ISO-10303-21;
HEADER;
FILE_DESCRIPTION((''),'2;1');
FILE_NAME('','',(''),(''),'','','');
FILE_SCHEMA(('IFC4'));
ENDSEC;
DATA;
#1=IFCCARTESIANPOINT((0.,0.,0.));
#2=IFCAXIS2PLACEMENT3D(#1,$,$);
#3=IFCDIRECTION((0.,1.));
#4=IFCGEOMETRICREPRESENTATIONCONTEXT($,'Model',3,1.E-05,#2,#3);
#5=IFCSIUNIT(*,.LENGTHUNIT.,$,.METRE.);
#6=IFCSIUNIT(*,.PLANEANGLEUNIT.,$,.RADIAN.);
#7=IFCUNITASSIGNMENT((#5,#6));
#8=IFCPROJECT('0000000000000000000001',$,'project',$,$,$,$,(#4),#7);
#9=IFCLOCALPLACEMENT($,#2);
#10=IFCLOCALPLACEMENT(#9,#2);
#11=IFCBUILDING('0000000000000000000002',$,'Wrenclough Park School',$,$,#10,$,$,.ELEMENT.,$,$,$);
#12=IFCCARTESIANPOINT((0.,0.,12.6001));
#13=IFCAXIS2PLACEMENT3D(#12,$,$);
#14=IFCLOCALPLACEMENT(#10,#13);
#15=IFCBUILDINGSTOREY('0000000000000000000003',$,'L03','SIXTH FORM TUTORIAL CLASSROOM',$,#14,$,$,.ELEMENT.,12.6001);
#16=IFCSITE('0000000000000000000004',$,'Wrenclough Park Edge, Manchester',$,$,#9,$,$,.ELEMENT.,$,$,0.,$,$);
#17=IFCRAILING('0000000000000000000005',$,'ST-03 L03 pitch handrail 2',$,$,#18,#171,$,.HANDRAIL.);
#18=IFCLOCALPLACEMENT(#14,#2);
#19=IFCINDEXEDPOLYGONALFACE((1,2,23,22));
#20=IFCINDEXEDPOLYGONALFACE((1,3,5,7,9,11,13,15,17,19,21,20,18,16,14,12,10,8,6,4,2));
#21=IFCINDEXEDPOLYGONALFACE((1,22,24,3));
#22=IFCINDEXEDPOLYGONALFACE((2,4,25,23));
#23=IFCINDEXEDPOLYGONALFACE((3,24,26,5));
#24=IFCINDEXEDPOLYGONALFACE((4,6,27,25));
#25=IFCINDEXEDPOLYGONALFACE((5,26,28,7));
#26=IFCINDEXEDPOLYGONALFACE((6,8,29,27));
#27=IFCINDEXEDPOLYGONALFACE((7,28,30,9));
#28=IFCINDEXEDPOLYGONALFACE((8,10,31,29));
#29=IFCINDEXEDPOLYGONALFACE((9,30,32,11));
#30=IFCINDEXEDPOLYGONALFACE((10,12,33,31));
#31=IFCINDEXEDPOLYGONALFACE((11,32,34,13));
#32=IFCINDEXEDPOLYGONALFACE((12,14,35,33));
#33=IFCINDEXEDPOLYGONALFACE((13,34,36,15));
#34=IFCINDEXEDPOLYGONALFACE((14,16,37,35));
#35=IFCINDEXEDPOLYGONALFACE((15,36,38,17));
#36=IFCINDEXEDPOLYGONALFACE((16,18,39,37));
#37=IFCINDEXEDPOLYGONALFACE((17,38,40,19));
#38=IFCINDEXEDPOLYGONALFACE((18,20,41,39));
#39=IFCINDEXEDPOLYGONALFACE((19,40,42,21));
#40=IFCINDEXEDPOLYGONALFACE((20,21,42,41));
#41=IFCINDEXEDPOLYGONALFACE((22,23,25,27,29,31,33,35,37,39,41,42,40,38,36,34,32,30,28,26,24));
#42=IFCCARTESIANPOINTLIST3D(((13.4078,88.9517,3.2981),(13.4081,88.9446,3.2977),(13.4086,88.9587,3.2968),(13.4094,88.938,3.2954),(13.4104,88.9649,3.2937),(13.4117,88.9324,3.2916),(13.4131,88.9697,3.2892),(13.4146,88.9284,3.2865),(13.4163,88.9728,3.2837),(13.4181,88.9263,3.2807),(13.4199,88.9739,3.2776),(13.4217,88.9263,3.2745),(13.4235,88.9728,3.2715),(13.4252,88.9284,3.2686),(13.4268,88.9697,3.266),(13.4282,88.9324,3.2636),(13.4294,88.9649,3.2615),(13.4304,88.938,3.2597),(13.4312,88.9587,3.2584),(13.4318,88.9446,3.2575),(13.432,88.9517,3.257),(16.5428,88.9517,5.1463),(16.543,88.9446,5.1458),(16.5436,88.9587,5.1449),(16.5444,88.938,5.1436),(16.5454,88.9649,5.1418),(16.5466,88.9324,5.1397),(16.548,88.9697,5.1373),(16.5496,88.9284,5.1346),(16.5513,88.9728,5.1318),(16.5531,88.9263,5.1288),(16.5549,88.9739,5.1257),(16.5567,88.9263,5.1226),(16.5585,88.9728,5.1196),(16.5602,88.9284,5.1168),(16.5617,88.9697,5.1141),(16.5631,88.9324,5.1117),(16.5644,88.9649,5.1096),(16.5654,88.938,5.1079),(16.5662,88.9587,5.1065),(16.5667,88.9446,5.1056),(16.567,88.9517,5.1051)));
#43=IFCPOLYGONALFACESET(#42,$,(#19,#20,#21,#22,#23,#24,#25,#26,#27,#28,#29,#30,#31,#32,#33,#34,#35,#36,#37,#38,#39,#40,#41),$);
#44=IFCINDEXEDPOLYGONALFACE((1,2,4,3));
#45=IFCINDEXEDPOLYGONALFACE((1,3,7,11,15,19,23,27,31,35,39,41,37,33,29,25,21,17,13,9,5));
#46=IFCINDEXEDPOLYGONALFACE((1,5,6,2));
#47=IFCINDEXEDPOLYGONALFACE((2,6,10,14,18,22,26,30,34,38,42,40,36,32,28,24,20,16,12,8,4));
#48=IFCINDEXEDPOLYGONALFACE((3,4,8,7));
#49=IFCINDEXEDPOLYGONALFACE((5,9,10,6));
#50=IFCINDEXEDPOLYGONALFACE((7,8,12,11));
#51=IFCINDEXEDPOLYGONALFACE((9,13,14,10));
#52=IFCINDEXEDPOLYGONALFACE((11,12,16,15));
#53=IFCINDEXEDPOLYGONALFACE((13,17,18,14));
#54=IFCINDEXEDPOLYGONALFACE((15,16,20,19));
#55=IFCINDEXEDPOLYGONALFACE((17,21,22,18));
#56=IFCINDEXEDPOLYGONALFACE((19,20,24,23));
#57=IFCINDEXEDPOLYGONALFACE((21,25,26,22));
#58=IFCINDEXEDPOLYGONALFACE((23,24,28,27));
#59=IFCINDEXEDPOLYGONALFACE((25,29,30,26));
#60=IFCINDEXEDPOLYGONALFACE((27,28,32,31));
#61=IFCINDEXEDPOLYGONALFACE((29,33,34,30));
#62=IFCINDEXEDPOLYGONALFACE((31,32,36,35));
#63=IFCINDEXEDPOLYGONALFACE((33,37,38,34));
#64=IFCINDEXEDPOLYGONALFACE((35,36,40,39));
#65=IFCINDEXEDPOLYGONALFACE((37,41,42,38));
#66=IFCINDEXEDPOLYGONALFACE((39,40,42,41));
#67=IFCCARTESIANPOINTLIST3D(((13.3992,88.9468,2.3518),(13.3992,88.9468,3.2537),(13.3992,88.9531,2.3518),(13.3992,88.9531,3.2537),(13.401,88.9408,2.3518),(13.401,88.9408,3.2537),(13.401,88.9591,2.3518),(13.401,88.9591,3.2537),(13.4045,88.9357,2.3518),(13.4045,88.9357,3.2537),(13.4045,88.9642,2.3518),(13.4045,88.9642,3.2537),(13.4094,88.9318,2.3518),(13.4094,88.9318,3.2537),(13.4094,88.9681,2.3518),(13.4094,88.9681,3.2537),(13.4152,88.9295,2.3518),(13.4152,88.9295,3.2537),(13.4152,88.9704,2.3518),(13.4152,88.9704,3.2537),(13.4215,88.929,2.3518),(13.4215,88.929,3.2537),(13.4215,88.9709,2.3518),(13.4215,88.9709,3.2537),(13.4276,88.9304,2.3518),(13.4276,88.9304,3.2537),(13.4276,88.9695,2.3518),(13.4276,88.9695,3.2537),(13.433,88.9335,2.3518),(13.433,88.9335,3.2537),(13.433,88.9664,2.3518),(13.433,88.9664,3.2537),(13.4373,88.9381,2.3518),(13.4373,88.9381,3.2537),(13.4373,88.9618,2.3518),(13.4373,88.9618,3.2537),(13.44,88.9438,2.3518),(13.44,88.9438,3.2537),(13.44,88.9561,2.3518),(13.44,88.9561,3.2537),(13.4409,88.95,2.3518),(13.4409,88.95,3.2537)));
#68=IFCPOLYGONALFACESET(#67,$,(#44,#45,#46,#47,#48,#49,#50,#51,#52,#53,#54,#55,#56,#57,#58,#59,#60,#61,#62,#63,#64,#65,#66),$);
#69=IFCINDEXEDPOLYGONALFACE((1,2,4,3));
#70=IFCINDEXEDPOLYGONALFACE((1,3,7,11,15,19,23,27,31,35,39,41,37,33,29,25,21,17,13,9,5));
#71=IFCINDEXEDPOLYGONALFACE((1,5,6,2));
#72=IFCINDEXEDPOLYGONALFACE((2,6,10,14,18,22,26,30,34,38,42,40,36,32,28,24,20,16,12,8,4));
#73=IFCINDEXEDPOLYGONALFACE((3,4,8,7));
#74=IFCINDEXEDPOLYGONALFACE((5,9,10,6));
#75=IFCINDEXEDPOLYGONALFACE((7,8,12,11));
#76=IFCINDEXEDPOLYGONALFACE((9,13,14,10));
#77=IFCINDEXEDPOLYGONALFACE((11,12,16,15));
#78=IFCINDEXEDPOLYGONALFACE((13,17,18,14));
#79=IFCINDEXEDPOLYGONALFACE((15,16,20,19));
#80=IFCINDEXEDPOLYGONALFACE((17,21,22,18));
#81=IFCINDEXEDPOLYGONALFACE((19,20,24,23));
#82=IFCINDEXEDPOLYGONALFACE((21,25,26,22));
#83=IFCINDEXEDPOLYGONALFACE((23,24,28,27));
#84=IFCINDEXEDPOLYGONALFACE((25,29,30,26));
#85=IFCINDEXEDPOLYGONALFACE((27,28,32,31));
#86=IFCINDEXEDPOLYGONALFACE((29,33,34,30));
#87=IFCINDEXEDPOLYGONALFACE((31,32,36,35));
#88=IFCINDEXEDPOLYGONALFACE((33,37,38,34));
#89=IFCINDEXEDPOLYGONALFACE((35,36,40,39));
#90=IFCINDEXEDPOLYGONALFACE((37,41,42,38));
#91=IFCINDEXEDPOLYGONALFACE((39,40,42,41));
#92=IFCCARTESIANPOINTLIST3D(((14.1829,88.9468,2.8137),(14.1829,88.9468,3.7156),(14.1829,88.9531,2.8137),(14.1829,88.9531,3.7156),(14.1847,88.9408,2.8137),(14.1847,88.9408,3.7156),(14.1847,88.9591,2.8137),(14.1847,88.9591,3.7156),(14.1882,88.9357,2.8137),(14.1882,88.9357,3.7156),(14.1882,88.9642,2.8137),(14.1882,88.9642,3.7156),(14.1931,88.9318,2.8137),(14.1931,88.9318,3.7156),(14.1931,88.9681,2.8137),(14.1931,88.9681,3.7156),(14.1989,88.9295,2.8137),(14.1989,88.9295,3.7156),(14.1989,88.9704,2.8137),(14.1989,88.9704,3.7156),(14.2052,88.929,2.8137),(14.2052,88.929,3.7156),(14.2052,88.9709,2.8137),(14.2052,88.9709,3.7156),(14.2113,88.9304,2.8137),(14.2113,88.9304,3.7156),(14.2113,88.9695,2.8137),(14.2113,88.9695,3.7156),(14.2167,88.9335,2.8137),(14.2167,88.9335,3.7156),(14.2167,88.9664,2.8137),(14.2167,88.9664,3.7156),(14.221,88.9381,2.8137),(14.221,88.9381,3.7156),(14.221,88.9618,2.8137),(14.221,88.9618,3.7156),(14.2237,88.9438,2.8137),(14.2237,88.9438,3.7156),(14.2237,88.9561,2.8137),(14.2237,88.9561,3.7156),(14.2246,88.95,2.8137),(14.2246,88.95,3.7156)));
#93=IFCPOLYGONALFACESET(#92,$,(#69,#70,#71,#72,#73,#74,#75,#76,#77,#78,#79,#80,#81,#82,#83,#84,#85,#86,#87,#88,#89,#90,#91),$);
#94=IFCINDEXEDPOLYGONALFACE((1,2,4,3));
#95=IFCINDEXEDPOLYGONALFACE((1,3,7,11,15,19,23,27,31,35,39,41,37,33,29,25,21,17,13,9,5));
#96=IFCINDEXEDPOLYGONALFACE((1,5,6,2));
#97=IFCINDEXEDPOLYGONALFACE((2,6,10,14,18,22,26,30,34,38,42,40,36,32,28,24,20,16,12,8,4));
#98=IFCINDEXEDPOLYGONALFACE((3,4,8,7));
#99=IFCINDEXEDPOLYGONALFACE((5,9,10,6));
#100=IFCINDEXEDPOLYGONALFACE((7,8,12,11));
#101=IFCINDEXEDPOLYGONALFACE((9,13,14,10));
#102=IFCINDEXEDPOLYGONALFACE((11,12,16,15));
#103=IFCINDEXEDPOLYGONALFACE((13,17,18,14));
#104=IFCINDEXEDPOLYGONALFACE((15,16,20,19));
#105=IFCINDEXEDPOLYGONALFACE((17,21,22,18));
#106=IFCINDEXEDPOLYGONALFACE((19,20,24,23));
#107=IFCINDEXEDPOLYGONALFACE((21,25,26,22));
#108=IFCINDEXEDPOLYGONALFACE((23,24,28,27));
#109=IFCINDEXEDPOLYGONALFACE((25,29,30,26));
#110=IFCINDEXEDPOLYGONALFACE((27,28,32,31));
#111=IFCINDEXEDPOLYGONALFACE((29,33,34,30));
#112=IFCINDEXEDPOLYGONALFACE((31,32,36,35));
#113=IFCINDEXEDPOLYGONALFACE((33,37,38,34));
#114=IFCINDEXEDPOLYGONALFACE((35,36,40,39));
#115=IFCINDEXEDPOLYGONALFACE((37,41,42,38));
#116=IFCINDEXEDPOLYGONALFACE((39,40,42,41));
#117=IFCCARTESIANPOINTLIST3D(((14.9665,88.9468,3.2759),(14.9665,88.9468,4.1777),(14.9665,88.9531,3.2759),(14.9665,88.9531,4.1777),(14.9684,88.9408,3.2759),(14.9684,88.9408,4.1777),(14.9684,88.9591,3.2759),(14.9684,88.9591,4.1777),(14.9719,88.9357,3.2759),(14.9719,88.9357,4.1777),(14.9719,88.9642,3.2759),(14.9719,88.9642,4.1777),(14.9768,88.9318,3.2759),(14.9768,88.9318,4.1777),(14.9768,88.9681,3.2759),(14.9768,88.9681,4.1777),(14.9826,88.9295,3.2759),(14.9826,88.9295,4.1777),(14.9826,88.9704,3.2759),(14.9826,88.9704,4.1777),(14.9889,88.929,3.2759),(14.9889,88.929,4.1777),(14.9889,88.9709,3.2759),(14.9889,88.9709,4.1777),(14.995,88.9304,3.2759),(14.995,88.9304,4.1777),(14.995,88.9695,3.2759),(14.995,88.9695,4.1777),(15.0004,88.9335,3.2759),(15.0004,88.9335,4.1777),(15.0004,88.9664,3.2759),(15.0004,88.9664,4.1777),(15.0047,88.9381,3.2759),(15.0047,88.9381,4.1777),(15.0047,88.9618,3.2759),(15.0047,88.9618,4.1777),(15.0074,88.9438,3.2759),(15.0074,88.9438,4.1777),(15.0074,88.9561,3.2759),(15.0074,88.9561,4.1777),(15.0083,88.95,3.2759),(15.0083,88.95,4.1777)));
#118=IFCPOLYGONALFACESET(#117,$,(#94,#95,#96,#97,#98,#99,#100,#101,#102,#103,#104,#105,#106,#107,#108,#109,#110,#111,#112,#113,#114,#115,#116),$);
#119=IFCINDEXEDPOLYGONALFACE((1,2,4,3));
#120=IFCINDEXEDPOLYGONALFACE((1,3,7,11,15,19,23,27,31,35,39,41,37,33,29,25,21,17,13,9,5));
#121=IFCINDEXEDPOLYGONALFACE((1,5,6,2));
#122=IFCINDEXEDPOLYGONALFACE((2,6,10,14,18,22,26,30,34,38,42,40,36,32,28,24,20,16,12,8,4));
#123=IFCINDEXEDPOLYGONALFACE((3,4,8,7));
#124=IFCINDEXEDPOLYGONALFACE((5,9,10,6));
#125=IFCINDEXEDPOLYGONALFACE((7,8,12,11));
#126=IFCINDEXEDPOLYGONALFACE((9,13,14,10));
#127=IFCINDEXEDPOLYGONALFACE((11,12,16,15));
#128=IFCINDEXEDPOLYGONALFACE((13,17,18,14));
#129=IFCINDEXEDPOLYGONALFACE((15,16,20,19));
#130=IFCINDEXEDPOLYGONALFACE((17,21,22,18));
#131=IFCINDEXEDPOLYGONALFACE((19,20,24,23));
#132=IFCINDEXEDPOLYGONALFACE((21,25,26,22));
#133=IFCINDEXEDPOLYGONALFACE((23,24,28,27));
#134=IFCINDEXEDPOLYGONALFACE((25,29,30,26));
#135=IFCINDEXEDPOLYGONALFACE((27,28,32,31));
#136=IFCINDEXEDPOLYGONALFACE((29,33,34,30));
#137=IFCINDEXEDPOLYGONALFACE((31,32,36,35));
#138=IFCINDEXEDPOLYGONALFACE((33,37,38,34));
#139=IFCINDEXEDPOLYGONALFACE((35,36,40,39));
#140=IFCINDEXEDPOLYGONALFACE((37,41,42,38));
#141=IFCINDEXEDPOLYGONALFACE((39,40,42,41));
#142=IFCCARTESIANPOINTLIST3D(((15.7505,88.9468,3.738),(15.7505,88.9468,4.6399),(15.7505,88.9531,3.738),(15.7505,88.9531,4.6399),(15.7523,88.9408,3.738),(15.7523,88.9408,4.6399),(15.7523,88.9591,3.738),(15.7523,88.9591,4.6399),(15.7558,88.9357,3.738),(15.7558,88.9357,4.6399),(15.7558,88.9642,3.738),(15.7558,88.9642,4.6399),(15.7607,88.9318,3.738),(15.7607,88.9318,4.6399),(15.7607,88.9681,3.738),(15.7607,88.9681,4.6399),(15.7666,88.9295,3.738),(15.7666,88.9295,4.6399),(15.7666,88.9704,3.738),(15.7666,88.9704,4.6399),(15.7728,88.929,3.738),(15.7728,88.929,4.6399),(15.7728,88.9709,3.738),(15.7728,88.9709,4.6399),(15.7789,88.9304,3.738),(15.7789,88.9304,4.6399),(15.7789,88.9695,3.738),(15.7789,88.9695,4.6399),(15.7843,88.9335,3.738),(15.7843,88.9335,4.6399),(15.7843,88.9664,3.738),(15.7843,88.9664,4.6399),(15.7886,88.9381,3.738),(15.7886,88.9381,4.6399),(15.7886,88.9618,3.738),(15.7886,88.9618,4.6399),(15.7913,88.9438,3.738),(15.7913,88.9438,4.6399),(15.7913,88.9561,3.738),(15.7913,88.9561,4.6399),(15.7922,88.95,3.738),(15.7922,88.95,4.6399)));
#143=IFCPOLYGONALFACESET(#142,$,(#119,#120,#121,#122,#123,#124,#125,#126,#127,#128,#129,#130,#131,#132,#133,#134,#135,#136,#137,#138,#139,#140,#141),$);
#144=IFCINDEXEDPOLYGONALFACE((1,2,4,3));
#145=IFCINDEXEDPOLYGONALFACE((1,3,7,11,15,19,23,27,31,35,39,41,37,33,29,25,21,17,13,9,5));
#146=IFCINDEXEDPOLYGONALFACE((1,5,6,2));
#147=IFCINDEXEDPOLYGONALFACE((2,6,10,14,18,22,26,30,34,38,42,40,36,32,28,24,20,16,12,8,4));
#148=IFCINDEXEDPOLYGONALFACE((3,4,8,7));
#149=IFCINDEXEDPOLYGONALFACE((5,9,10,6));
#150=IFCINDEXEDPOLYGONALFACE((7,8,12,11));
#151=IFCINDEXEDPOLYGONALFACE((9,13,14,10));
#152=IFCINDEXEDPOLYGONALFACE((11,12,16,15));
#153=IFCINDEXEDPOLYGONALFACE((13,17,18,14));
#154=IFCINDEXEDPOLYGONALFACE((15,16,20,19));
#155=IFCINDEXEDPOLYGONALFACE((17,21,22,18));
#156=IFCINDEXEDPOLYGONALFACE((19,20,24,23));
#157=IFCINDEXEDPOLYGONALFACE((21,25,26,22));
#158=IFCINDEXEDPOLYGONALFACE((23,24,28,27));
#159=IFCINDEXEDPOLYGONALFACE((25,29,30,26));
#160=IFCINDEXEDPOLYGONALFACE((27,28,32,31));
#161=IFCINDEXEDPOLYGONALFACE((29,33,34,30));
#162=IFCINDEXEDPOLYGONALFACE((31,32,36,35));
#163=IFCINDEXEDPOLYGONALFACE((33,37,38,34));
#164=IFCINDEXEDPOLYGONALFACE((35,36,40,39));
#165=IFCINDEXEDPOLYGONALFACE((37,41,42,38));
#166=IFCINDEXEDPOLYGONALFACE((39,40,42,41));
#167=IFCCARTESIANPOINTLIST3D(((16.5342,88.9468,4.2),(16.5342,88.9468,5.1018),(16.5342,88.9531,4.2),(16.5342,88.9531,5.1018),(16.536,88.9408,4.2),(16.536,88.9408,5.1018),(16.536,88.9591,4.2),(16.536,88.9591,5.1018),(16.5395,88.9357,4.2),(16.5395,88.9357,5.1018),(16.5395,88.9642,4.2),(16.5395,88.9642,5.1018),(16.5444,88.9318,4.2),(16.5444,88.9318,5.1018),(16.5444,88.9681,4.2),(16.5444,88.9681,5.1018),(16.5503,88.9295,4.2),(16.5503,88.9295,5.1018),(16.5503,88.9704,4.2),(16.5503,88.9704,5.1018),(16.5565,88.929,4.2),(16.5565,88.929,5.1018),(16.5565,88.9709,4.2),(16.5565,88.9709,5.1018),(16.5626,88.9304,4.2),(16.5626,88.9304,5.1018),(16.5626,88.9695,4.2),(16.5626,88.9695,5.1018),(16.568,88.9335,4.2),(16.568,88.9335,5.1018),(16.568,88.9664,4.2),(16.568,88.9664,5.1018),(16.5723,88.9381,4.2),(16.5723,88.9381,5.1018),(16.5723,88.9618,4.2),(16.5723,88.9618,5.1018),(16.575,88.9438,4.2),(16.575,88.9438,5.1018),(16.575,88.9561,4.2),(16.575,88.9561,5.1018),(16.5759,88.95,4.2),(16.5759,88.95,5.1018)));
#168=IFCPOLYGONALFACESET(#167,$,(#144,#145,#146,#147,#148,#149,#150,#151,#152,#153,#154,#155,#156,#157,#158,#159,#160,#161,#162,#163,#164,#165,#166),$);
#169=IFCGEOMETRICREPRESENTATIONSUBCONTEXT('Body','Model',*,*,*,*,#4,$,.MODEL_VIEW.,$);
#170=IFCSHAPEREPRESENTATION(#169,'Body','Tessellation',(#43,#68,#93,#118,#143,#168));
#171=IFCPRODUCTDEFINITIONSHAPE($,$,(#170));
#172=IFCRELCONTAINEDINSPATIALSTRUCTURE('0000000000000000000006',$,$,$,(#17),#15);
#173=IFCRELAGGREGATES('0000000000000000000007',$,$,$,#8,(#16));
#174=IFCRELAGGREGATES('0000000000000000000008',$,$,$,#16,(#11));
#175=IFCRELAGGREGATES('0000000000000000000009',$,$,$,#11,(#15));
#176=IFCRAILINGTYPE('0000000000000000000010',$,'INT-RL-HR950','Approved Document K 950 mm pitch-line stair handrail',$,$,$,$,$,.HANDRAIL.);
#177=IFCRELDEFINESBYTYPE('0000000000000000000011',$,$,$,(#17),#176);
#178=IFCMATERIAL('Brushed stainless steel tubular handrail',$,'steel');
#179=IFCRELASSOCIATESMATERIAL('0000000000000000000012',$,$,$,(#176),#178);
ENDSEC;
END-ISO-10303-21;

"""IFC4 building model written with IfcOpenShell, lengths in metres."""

from ifc_helpers import new_model, si_unit, direction, frame, origin, origin_2d, place, context, subcontext, project, spatial, circle, extrude, material, type_object, element, save


model = new_model("IFC4")

# Units and contexts
model_context = context("Model", 3, precision=1e-05, world=origin(), true_north=direction((0.0, 1.0)))
body_context = subcontext(model_context, "Body", "Model", "MODEL_VIEW")
ifc_project = project(units=[si_unit("LENGTHUNIT", "METRE"), si_unit("PLANEANGLEUNIT", "RADIAN")], contexts=[model_context])

# Site, building, storey
site_placement = place(None, origin())
site = spatial("IfcSite", under=ifc_project, at=site_placement, Name="Wrenclough Park Edge, Manchester", CompositionType="ELEMENT", RefElevation=0.0)
building_placement = place(site_placement, origin())
building = spatial("IfcBuilding", under=site, at=building_placement, Name="Wrenclough Park School", CompositionType="ELEMENT")
storey_placement = place(building_placement, frame((0.0, 0.0, 12.6001)))
storey = spatial("IfcBuildingStorey", under=building, at=storey_placement, Name="L03", Description="SIXTH FORM TUTORIAL CLASSROOM", CompositionType="ELEMENT", Elevation=12.6001)

# Railing
ifc_material_1 = material(Name="Brushed stainless steel tubular handrail", Category="steel")
railing_type_1 = type_object("IfcRailingType", Name="INT-RL-HR950", Description="Approved Document K 950 mm pitch-line stair handrail", PredefinedType="HANDRAIL", material=ifc_material_1)
railing_1_placement = place(storey_placement, frame((13.4199, 88.95, 2.3518)))
element("IfcRailing", 1, at=railing_1_placement, inside=storey, type_object=railing_type_1, Name="ST-03 L03 pitch handrail 2", PredefinedType="HANDRAIL", context=body_context, shape_type="SweptSolid", body=[
    extrude(circle(Radius=0.0239, at=origin_2d()), frame((0.0, 0.0, 0.9258), z_axis=(0.861451, 0.0, 0.507841), x_axis=(0.0, 1.0, 0.0)), (0.0, 0.0, 1.0), 3.6392),
    extrude(circle(Radius=0.021, at=origin_2d()), origin(), (0.0, 0.0, 1.0), 0.9019),
    extrude(circle(Radius=0.021, at=origin_2d()), frame((0.7837, 0.0, 0.4619)), (0.0, 0.0, 1.0), 0.9019),
    extrude(circle(Radius=0.021, at=origin_2d()), frame((1.5674, 0.0, 0.9241)), (0.0, 0.0, 1.0), 0.9019),
    extrude(circle(Radius=0.021, at=origin_2d()), frame((2.3513, 0.0, 1.3862)), (0.0, 0.0, 1.0), 0.9019),
    extrude(circle(Radius=0.021, at=origin_2d()), frame((3.135, 0.0, 1.8481)), (0.0, 0.0, 1.0), 0.9019),
])

save(model, "model.ifc")
